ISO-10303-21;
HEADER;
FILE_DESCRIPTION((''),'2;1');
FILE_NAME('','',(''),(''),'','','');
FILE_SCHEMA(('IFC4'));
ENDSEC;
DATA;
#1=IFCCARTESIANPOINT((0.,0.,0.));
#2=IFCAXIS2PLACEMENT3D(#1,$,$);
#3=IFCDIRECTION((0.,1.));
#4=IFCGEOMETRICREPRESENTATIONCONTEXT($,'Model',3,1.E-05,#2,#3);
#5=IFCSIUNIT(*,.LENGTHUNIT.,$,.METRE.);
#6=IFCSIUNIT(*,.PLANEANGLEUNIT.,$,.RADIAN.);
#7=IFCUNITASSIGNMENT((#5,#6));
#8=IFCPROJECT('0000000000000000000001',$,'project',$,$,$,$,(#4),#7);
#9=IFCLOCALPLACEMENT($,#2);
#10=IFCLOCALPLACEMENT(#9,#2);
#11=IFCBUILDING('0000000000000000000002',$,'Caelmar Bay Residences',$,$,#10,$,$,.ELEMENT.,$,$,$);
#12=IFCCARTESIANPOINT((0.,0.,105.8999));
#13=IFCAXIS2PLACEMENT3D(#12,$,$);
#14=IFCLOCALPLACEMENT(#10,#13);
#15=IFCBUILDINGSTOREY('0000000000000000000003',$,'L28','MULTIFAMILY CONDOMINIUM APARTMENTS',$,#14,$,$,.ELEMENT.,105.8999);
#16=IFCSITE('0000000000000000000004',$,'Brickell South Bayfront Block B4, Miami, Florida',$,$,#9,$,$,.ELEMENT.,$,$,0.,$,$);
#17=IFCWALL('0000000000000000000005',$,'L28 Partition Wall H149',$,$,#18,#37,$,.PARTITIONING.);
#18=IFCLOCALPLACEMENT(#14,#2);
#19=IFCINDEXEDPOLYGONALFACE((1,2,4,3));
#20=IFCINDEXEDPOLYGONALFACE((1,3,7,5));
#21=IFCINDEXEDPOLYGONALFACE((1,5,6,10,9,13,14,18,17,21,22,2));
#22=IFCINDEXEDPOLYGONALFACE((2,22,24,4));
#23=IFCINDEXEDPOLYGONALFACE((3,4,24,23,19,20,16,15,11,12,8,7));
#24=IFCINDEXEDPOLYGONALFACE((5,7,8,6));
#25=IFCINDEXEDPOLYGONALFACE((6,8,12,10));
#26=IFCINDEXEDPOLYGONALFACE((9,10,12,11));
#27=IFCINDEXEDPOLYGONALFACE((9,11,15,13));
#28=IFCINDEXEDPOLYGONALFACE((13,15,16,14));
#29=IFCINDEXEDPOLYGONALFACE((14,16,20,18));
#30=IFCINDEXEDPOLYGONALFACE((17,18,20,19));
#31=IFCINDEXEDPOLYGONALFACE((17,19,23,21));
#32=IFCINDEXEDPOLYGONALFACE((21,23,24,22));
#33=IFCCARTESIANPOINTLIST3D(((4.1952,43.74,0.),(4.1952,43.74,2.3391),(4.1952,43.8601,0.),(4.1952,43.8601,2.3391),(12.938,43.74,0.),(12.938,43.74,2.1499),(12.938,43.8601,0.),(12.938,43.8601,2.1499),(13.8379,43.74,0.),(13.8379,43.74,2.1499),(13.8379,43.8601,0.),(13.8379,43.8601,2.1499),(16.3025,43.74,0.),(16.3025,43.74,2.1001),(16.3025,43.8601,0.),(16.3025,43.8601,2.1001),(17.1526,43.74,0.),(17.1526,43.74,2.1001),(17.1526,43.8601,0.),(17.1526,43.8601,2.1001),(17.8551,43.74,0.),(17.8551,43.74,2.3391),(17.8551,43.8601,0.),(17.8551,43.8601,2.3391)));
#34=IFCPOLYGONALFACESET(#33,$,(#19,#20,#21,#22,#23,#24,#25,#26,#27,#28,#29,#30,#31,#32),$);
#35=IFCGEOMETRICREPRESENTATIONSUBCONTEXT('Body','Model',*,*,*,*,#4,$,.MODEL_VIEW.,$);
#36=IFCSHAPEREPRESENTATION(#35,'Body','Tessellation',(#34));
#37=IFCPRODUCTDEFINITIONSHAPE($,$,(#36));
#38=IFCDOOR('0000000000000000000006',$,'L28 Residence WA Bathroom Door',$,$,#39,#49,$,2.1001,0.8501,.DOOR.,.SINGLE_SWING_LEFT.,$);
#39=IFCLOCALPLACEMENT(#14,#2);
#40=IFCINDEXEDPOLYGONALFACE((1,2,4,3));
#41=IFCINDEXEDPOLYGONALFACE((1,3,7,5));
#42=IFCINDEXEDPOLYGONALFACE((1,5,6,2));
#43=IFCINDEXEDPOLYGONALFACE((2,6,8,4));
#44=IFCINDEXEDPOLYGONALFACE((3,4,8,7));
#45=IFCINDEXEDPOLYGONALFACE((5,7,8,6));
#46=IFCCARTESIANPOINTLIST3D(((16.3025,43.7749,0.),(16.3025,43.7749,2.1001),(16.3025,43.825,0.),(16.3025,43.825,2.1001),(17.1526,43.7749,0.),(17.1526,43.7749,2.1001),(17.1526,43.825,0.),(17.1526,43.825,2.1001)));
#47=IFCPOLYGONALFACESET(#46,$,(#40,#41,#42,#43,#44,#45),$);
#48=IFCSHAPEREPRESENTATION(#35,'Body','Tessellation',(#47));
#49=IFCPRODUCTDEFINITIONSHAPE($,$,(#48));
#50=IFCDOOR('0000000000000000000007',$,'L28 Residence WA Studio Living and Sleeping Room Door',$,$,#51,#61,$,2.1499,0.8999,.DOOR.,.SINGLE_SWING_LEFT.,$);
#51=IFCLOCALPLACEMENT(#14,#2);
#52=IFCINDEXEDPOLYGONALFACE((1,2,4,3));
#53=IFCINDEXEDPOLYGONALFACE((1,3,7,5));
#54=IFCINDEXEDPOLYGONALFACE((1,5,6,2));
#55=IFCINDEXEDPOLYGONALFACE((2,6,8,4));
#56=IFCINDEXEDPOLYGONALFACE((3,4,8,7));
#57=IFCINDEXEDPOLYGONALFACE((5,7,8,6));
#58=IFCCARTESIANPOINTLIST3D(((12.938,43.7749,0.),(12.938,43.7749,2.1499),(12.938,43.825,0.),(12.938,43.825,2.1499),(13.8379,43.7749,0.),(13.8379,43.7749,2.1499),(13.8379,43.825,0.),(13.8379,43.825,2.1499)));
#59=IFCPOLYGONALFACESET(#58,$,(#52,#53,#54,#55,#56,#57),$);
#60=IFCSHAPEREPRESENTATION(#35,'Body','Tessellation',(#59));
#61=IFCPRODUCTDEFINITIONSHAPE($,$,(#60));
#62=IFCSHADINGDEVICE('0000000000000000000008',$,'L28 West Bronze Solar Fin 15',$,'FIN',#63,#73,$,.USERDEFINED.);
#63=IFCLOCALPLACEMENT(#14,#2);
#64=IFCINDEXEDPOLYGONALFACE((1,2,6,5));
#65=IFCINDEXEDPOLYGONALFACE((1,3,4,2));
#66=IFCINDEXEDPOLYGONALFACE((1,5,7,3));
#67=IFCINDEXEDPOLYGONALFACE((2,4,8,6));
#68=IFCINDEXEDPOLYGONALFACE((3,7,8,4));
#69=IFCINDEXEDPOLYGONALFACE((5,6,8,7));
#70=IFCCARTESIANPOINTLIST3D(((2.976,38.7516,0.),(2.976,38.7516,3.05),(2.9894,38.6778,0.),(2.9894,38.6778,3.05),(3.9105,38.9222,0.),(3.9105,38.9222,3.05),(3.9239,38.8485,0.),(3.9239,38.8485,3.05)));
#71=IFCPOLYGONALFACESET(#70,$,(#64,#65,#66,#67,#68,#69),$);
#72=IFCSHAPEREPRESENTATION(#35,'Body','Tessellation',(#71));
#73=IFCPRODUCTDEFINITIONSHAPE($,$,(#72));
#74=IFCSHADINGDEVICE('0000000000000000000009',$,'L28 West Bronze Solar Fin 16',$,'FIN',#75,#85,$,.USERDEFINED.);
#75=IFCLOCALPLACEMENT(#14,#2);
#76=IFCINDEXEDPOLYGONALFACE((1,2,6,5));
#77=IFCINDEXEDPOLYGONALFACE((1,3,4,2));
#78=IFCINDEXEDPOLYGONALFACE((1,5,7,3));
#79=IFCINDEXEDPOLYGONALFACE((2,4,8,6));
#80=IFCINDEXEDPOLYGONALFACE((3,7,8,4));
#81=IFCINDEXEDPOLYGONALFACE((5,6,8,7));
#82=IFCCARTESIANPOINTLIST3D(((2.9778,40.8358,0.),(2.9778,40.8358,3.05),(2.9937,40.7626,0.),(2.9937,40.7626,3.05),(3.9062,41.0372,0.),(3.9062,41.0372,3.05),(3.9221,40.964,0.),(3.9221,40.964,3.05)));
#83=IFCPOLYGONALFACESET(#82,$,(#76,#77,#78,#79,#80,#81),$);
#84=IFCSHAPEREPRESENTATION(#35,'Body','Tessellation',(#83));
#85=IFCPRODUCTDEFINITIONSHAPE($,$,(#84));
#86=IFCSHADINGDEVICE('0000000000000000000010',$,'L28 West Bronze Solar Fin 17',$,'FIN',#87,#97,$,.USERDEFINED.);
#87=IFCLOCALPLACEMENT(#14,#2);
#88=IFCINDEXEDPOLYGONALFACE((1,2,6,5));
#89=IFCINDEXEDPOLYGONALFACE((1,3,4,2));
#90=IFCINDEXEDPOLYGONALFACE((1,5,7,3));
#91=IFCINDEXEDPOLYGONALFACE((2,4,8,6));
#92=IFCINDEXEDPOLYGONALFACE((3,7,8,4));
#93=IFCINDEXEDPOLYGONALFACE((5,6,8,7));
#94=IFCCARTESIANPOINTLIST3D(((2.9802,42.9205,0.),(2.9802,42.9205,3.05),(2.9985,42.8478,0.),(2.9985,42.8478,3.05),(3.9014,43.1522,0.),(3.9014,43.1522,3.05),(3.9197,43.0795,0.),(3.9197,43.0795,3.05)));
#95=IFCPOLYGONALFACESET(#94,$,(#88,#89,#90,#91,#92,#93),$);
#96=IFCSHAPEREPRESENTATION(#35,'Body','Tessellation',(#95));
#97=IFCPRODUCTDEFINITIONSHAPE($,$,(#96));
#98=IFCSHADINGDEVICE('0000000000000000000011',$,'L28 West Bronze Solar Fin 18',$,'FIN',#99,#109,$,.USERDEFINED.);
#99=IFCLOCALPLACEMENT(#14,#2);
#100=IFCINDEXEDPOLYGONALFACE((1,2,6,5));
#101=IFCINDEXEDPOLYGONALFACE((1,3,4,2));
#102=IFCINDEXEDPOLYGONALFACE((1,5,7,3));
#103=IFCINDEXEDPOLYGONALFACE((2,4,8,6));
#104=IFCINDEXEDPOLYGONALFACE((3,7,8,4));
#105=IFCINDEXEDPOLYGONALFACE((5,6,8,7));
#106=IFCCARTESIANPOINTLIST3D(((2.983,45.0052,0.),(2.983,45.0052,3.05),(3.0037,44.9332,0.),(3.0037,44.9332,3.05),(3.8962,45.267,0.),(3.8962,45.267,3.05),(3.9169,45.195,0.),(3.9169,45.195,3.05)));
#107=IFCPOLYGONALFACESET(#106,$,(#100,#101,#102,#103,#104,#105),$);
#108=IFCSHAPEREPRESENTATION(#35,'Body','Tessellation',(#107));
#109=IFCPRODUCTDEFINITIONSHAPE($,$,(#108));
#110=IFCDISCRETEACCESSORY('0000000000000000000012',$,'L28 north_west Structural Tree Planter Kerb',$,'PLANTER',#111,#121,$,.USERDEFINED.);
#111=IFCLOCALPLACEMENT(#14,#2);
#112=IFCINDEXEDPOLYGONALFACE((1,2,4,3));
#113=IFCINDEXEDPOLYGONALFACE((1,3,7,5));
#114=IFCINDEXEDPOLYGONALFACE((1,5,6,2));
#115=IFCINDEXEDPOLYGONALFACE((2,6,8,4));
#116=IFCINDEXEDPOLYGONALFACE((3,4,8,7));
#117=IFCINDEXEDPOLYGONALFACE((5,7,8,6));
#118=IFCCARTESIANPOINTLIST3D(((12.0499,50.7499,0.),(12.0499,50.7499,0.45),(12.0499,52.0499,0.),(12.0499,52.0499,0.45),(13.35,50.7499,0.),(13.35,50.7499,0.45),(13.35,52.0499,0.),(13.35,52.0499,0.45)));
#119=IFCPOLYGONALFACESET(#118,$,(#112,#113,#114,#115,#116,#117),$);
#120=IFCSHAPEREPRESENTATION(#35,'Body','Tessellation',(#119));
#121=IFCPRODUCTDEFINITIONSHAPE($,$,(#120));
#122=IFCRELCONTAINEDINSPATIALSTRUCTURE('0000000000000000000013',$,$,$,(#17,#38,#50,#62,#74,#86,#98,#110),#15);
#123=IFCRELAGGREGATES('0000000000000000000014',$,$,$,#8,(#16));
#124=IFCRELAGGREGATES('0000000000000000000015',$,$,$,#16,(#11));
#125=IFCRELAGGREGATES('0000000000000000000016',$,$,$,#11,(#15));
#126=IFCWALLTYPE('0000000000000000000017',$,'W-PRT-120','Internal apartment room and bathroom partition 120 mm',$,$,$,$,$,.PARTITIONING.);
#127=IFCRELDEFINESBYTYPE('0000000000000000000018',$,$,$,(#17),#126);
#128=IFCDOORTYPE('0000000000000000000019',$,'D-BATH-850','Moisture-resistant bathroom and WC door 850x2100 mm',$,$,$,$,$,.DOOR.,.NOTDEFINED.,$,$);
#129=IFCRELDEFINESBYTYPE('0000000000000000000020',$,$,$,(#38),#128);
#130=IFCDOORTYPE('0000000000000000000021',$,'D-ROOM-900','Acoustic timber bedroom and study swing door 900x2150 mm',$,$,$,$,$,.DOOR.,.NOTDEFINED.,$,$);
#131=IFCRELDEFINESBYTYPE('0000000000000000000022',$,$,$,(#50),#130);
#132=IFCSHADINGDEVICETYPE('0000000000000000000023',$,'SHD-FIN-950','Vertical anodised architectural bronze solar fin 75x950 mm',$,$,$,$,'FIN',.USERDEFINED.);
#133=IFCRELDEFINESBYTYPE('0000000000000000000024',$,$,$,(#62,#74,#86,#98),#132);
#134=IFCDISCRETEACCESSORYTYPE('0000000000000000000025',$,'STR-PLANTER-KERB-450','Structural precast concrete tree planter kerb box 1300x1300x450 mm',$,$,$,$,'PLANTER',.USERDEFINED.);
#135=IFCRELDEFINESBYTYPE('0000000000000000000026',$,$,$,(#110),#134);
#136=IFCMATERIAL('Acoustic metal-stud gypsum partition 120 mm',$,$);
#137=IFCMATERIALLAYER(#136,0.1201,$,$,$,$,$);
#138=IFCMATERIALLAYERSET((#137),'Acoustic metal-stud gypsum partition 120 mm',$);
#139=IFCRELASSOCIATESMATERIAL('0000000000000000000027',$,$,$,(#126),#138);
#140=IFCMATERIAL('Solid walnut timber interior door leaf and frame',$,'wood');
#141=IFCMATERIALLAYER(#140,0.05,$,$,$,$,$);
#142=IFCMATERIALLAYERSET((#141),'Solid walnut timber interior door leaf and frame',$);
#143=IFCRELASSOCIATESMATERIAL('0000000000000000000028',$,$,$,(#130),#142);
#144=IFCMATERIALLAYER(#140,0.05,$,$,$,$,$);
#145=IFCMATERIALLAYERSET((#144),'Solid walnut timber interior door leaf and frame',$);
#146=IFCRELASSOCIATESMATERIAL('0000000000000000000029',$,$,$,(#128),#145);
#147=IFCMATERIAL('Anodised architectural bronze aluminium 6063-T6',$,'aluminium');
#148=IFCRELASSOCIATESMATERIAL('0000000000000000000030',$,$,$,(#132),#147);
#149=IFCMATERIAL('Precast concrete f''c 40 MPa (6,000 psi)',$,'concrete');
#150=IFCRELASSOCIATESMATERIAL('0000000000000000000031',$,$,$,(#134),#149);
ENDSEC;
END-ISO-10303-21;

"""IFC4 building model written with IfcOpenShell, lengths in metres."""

from ifc_helpers import new_model, si_unit, direction, frame, frame_2d, origin, origin_2d, place, context, subcontext, project, spatial, rectangle, extrude, material, layer, layer_set, material_profile, profile_set, type_object, element, fill, save


model = new_model("IFC4")

# Units and contexts
model_context = context("Model", 3, precision=1e-05, world=origin(), true_north=direction((0.0, 1.0)))
body_context = subcontext(model_context, "Body", "Model", "MODEL_VIEW")
ifc_project = project(units=[si_unit("LENGTHUNIT", "METRE"), si_unit("PLANEANGLEUNIT", "RADIAN")], contexts=[model_context])

# Site, building, storey
site_placement = place(None, origin())
site = spatial("IfcSite", under=ifc_project, at=site_placement, Name="Brickell South Bayfront Block B4, Miami, Florida", CompositionType="ELEMENT", RefElevation=0.0)
building_placement = place(site_placement, origin())
building = spatial("IfcBuilding", under=site, at=building_placement, Name="Caelmar Bay Residences", CompositionType="ELEMENT")
storey_placement = place(building_placement, frame((0.0, 0.0, 105.8999)))
storey = spatial("IfcBuildingStorey", under=building, at=storey_placement, Name="L28", Description="MULTIFAMILY CONDOMINIUM APARTMENTS", CompositionType="ELEMENT", Elevation=105.8999)

# Shared definitions
ifc_material_1 = material(Name="Precast concrete f'c 40 MPa (6,000 psi)", Category="concrete")

# Shared definitions
ifc_material_2 = material(Name="Acoustic metal-stud gypsum partition 120 mm")
ifc_layer_1 = layer(ifc_material_2, 0.1201)
ifc_layer_set_1 = layer_set([ifc_layer_1], Name="Acoustic metal-stud gypsum partition 120 mm")
wall_type_1 = type_object("IfcWallType", Name="W-PRT-120", Description="Internal apartment room and bathroom partition 120 mm", PredefinedType="PARTITIONING", material=ifc_layer_set_1)
ifc_material_3 = material(Name="Solid walnut timber interior door leaf and frame", Category="wood")
ifc_layer_2 = layer(ifc_material_3, 0.05)
ifc_layer_set_2 = layer_set([ifc_layer_2], Name="Solid walnut timber interior door leaf and frame")
door_type_1 = type_object("IfcDoorType", Name="D-ROOM-900", Description="Acoustic timber bedroom and study swing door 900x2150 mm", OperationType="NOTDEFINED", PredefinedType="DOOR", material=ifc_layer_set_2)

# Wall, openings, doors
wall_1_placement = place(storey_placement, frame((4.1951, 43.8, 0.0), z_axis=(0.0, 0.0, 1.0), x_axis=(1.0, 0.0, 0.0)))
wall_1 = element("IfcWall", 1, at=wall_1_placement, inside=storey, type_object=wall_type_1, Name="L28 Partition Wall H149", PredefinedType="PARTITIONING", context=body_context, shape_type="SweptSolid", body=[
    extrude(rectangle(XDim=13.6599, YDim=0.1201, at=frame_2d((6.8301, 0.0))), origin(), (0.0, 0.0, 1.0), 2.3391),
])
opening_1_placement = place(wall_1_placement, frame((8.7429, 0.0, 0.0)))
opening_1 = element("IfcOpeningElement", 2, at=opening_1_placement, cuts=wall_1, PredefinedType="OPENING", context=body_context, shape_type="SweptSolid", body=[
    extrude(rectangle(XDim=0.8999, YDim=2.1499, at=frame_2d((0.45, 1.075))), frame((0.0, 0.0701, 0.0), z_axis=(0.0, -1.0, 0.0), x_axis=(1.0, 0.0, 0.0)), (0.0, 0.0, 1.0), 0.1401),
])
opening_2_placement = place(wall_1_placement, frame((12.1074, 0.0, 0.0)))
opening_2 = element("IfcOpeningElement", 3, at=opening_2_placement, cuts=wall_1, PredefinedType="OPENING", context=body_context, shape_type="SweptSolid", body=[
    extrude(rectangle(XDim=0.8501, YDim=2.1001, at=frame_2d((0.425, 1.05))), frame((0.0, 0.0701, 0.0), z_axis=(0.0, -1.0, 0.0), x_axis=(1.0, 0.0, 0.0)), (0.0, 0.0, 1.0), 0.1401),
])
ifc_layer_3 = layer(ifc_material_3, 0.05)
ifc_layer_set_3 = layer_set([ifc_layer_3], Name="Solid walnut timber interior door leaf and frame")
door_type_2 = type_object("IfcDoorType", Name="D-BATH-850", Description="Moisture-resistant bathroom and WC door 850x2100 mm", OperationType="NOTDEFINED", PredefinedType="DOOR", material=ifc_layer_set_3)
door_1_placement = place(opening_2_placement, origin())
door_1 = element("IfcDoor", 4, at=door_1_placement, inside=storey, type_object=door_type_2, Name="L28 Residence WA Bathroom Door", OperationType="SINGLE_SWING_LEFT", OverallHeight=2.1001, OverallWidth=0.8501, PredefinedType="DOOR", context=body_context, shape_type="SweptSolid", body=[
    extrude(rectangle(XDim=0.8501, YDim=2.1001, at=frame_2d((0.425, 1.05))), frame((0.0, 0.0249, 0.0), z_axis=(0.0, -1.0, 0.0), x_axis=(1.0, 0.0, 0.0)), (0.0, 0.0, 1.0), 0.05),
])
fill(opening_2, door_1)
door_2_placement = place(opening_1_placement, origin())
door_2 = element("IfcDoor", 5, at=door_2_placement, inside=storey, type_object=door_type_1, Name="L28 Residence WA Studio Living and Sleeping Room Door", OperationType="SINGLE_SWING_LEFT", OverallHeight=2.1499, OverallWidth=0.8999, PredefinedType="DOOR", context=body_context, shape_type="SweptSolid", body=[
    extrude(rectangle(XDim=0.8999, YDim=2.1499, at=frame_2d((0.45, 1.075))), frame((0.0, 0.0249, 0.0), z_axis=(0.0, -1.0, 0.0), x_axis=(1.0, 0.0, 0.0)), (0.0, 0.0, 1.0), 0.05),
])
fill(opening_1, door_2)

# Shading devices
ifc_material_4 = material(Name="Anodised architectural bronze aluminium 6063-T6", Category="aluminium")
ifc_material_profile_1 = material_profile(ifc_material_4, rectangle(XDim=0.075, YDim=0.95, at=origin_2d()), Name="BRONZE-FIN-75X950")
ifc_profile_set_1 = profile_set([ifc_material_profile_1], Name="Anodised architectural bronze aluminium 6063-T6")
shading_device_type = type_object("IfcShadingDeviceType", Name="SHD-FIN-950", Description="Vertical anodised architectural bronze solar fin 75x950 mm", ElementType="FIN", PredefinedType="USERDEFINED", material=ifc_profile_set_1)
for number, where, z_axis, x_axis, name in (
    (6, (3.45, 38.8, 0.0), (0.0, 0.0, 1.0), (-0.179661, 0.983729, 0.0), "L28 West Bronze Solar Fin 15"),
    (7, (3.45, 40.8999, 0.0), (0.0, 0.0, 1.0), (-0.212007, 0.977268, 0.0), "L28 West Bronze Solar Fin 16"),
    (8, (3.45, 43.0, 0.0), (0.0, 0.0, 1.0), (-0.243954, 0.969787, 0.0), "L28 West Bronze Solar Fin 17"),
    (9, (3.45, 45.1001, 0.0), (0.0, 0.0, 1.0), (-0.275637, 0.961262, 0.0), "L28 West Bronze Solar Fin 18"),
):
    element("IfcShadingDevice", number, at=place(storey_placement, frame(where, z_axis=z_axis, x_axis=x_axis)), inside=storey, type_object=shading_device_type, Name=name, ObjectType="FIN", PredefinedType="USERDEFINED", context=body_context, shape_type="SweptSolid", body=[
        extrude(rectangle(XDim=0.075, YDim=0.95, at=origin_2d()), origin(), (0.0, 0.0, 1.0), 3.05),
    ])

# Discrete accessory
discrete_accessory_type = type_object("IfcDiscreteAccessoryType", Name="STR-PLANTER-KERB-450", Description="Structural precast concrete tree planter kerb box 1300x1300x450 mm", ElementType="PLANTER", PredefinedType="USERDEFINED", material=ifc_material_1)
discrete_accessory_placement = place(storey_placement, frame((12.7, 51.3999, 0.0), z_axis=(0.0, 0.0, 1.0), x_axis=(1.0, 0.0, 0.0)))
element("IfcDiscreteAccessory", 10, at=discrete_accessory_placement, inside=storey, type_object=discrete_accessory_type, Name="L28 north_west Structural Tree Planter Kerb", ObjectType="PLANTER", PredefinedType="USERDEFINED", context=body_context, shape_type="SweptSolid", body=[
    extrude(rectangle(XDim=1.3, YDim=1.3, at=origin_2d()), origin(), (0.0, 0.0, 1.0), 0.45),
])

save(model, "model.ifc")
